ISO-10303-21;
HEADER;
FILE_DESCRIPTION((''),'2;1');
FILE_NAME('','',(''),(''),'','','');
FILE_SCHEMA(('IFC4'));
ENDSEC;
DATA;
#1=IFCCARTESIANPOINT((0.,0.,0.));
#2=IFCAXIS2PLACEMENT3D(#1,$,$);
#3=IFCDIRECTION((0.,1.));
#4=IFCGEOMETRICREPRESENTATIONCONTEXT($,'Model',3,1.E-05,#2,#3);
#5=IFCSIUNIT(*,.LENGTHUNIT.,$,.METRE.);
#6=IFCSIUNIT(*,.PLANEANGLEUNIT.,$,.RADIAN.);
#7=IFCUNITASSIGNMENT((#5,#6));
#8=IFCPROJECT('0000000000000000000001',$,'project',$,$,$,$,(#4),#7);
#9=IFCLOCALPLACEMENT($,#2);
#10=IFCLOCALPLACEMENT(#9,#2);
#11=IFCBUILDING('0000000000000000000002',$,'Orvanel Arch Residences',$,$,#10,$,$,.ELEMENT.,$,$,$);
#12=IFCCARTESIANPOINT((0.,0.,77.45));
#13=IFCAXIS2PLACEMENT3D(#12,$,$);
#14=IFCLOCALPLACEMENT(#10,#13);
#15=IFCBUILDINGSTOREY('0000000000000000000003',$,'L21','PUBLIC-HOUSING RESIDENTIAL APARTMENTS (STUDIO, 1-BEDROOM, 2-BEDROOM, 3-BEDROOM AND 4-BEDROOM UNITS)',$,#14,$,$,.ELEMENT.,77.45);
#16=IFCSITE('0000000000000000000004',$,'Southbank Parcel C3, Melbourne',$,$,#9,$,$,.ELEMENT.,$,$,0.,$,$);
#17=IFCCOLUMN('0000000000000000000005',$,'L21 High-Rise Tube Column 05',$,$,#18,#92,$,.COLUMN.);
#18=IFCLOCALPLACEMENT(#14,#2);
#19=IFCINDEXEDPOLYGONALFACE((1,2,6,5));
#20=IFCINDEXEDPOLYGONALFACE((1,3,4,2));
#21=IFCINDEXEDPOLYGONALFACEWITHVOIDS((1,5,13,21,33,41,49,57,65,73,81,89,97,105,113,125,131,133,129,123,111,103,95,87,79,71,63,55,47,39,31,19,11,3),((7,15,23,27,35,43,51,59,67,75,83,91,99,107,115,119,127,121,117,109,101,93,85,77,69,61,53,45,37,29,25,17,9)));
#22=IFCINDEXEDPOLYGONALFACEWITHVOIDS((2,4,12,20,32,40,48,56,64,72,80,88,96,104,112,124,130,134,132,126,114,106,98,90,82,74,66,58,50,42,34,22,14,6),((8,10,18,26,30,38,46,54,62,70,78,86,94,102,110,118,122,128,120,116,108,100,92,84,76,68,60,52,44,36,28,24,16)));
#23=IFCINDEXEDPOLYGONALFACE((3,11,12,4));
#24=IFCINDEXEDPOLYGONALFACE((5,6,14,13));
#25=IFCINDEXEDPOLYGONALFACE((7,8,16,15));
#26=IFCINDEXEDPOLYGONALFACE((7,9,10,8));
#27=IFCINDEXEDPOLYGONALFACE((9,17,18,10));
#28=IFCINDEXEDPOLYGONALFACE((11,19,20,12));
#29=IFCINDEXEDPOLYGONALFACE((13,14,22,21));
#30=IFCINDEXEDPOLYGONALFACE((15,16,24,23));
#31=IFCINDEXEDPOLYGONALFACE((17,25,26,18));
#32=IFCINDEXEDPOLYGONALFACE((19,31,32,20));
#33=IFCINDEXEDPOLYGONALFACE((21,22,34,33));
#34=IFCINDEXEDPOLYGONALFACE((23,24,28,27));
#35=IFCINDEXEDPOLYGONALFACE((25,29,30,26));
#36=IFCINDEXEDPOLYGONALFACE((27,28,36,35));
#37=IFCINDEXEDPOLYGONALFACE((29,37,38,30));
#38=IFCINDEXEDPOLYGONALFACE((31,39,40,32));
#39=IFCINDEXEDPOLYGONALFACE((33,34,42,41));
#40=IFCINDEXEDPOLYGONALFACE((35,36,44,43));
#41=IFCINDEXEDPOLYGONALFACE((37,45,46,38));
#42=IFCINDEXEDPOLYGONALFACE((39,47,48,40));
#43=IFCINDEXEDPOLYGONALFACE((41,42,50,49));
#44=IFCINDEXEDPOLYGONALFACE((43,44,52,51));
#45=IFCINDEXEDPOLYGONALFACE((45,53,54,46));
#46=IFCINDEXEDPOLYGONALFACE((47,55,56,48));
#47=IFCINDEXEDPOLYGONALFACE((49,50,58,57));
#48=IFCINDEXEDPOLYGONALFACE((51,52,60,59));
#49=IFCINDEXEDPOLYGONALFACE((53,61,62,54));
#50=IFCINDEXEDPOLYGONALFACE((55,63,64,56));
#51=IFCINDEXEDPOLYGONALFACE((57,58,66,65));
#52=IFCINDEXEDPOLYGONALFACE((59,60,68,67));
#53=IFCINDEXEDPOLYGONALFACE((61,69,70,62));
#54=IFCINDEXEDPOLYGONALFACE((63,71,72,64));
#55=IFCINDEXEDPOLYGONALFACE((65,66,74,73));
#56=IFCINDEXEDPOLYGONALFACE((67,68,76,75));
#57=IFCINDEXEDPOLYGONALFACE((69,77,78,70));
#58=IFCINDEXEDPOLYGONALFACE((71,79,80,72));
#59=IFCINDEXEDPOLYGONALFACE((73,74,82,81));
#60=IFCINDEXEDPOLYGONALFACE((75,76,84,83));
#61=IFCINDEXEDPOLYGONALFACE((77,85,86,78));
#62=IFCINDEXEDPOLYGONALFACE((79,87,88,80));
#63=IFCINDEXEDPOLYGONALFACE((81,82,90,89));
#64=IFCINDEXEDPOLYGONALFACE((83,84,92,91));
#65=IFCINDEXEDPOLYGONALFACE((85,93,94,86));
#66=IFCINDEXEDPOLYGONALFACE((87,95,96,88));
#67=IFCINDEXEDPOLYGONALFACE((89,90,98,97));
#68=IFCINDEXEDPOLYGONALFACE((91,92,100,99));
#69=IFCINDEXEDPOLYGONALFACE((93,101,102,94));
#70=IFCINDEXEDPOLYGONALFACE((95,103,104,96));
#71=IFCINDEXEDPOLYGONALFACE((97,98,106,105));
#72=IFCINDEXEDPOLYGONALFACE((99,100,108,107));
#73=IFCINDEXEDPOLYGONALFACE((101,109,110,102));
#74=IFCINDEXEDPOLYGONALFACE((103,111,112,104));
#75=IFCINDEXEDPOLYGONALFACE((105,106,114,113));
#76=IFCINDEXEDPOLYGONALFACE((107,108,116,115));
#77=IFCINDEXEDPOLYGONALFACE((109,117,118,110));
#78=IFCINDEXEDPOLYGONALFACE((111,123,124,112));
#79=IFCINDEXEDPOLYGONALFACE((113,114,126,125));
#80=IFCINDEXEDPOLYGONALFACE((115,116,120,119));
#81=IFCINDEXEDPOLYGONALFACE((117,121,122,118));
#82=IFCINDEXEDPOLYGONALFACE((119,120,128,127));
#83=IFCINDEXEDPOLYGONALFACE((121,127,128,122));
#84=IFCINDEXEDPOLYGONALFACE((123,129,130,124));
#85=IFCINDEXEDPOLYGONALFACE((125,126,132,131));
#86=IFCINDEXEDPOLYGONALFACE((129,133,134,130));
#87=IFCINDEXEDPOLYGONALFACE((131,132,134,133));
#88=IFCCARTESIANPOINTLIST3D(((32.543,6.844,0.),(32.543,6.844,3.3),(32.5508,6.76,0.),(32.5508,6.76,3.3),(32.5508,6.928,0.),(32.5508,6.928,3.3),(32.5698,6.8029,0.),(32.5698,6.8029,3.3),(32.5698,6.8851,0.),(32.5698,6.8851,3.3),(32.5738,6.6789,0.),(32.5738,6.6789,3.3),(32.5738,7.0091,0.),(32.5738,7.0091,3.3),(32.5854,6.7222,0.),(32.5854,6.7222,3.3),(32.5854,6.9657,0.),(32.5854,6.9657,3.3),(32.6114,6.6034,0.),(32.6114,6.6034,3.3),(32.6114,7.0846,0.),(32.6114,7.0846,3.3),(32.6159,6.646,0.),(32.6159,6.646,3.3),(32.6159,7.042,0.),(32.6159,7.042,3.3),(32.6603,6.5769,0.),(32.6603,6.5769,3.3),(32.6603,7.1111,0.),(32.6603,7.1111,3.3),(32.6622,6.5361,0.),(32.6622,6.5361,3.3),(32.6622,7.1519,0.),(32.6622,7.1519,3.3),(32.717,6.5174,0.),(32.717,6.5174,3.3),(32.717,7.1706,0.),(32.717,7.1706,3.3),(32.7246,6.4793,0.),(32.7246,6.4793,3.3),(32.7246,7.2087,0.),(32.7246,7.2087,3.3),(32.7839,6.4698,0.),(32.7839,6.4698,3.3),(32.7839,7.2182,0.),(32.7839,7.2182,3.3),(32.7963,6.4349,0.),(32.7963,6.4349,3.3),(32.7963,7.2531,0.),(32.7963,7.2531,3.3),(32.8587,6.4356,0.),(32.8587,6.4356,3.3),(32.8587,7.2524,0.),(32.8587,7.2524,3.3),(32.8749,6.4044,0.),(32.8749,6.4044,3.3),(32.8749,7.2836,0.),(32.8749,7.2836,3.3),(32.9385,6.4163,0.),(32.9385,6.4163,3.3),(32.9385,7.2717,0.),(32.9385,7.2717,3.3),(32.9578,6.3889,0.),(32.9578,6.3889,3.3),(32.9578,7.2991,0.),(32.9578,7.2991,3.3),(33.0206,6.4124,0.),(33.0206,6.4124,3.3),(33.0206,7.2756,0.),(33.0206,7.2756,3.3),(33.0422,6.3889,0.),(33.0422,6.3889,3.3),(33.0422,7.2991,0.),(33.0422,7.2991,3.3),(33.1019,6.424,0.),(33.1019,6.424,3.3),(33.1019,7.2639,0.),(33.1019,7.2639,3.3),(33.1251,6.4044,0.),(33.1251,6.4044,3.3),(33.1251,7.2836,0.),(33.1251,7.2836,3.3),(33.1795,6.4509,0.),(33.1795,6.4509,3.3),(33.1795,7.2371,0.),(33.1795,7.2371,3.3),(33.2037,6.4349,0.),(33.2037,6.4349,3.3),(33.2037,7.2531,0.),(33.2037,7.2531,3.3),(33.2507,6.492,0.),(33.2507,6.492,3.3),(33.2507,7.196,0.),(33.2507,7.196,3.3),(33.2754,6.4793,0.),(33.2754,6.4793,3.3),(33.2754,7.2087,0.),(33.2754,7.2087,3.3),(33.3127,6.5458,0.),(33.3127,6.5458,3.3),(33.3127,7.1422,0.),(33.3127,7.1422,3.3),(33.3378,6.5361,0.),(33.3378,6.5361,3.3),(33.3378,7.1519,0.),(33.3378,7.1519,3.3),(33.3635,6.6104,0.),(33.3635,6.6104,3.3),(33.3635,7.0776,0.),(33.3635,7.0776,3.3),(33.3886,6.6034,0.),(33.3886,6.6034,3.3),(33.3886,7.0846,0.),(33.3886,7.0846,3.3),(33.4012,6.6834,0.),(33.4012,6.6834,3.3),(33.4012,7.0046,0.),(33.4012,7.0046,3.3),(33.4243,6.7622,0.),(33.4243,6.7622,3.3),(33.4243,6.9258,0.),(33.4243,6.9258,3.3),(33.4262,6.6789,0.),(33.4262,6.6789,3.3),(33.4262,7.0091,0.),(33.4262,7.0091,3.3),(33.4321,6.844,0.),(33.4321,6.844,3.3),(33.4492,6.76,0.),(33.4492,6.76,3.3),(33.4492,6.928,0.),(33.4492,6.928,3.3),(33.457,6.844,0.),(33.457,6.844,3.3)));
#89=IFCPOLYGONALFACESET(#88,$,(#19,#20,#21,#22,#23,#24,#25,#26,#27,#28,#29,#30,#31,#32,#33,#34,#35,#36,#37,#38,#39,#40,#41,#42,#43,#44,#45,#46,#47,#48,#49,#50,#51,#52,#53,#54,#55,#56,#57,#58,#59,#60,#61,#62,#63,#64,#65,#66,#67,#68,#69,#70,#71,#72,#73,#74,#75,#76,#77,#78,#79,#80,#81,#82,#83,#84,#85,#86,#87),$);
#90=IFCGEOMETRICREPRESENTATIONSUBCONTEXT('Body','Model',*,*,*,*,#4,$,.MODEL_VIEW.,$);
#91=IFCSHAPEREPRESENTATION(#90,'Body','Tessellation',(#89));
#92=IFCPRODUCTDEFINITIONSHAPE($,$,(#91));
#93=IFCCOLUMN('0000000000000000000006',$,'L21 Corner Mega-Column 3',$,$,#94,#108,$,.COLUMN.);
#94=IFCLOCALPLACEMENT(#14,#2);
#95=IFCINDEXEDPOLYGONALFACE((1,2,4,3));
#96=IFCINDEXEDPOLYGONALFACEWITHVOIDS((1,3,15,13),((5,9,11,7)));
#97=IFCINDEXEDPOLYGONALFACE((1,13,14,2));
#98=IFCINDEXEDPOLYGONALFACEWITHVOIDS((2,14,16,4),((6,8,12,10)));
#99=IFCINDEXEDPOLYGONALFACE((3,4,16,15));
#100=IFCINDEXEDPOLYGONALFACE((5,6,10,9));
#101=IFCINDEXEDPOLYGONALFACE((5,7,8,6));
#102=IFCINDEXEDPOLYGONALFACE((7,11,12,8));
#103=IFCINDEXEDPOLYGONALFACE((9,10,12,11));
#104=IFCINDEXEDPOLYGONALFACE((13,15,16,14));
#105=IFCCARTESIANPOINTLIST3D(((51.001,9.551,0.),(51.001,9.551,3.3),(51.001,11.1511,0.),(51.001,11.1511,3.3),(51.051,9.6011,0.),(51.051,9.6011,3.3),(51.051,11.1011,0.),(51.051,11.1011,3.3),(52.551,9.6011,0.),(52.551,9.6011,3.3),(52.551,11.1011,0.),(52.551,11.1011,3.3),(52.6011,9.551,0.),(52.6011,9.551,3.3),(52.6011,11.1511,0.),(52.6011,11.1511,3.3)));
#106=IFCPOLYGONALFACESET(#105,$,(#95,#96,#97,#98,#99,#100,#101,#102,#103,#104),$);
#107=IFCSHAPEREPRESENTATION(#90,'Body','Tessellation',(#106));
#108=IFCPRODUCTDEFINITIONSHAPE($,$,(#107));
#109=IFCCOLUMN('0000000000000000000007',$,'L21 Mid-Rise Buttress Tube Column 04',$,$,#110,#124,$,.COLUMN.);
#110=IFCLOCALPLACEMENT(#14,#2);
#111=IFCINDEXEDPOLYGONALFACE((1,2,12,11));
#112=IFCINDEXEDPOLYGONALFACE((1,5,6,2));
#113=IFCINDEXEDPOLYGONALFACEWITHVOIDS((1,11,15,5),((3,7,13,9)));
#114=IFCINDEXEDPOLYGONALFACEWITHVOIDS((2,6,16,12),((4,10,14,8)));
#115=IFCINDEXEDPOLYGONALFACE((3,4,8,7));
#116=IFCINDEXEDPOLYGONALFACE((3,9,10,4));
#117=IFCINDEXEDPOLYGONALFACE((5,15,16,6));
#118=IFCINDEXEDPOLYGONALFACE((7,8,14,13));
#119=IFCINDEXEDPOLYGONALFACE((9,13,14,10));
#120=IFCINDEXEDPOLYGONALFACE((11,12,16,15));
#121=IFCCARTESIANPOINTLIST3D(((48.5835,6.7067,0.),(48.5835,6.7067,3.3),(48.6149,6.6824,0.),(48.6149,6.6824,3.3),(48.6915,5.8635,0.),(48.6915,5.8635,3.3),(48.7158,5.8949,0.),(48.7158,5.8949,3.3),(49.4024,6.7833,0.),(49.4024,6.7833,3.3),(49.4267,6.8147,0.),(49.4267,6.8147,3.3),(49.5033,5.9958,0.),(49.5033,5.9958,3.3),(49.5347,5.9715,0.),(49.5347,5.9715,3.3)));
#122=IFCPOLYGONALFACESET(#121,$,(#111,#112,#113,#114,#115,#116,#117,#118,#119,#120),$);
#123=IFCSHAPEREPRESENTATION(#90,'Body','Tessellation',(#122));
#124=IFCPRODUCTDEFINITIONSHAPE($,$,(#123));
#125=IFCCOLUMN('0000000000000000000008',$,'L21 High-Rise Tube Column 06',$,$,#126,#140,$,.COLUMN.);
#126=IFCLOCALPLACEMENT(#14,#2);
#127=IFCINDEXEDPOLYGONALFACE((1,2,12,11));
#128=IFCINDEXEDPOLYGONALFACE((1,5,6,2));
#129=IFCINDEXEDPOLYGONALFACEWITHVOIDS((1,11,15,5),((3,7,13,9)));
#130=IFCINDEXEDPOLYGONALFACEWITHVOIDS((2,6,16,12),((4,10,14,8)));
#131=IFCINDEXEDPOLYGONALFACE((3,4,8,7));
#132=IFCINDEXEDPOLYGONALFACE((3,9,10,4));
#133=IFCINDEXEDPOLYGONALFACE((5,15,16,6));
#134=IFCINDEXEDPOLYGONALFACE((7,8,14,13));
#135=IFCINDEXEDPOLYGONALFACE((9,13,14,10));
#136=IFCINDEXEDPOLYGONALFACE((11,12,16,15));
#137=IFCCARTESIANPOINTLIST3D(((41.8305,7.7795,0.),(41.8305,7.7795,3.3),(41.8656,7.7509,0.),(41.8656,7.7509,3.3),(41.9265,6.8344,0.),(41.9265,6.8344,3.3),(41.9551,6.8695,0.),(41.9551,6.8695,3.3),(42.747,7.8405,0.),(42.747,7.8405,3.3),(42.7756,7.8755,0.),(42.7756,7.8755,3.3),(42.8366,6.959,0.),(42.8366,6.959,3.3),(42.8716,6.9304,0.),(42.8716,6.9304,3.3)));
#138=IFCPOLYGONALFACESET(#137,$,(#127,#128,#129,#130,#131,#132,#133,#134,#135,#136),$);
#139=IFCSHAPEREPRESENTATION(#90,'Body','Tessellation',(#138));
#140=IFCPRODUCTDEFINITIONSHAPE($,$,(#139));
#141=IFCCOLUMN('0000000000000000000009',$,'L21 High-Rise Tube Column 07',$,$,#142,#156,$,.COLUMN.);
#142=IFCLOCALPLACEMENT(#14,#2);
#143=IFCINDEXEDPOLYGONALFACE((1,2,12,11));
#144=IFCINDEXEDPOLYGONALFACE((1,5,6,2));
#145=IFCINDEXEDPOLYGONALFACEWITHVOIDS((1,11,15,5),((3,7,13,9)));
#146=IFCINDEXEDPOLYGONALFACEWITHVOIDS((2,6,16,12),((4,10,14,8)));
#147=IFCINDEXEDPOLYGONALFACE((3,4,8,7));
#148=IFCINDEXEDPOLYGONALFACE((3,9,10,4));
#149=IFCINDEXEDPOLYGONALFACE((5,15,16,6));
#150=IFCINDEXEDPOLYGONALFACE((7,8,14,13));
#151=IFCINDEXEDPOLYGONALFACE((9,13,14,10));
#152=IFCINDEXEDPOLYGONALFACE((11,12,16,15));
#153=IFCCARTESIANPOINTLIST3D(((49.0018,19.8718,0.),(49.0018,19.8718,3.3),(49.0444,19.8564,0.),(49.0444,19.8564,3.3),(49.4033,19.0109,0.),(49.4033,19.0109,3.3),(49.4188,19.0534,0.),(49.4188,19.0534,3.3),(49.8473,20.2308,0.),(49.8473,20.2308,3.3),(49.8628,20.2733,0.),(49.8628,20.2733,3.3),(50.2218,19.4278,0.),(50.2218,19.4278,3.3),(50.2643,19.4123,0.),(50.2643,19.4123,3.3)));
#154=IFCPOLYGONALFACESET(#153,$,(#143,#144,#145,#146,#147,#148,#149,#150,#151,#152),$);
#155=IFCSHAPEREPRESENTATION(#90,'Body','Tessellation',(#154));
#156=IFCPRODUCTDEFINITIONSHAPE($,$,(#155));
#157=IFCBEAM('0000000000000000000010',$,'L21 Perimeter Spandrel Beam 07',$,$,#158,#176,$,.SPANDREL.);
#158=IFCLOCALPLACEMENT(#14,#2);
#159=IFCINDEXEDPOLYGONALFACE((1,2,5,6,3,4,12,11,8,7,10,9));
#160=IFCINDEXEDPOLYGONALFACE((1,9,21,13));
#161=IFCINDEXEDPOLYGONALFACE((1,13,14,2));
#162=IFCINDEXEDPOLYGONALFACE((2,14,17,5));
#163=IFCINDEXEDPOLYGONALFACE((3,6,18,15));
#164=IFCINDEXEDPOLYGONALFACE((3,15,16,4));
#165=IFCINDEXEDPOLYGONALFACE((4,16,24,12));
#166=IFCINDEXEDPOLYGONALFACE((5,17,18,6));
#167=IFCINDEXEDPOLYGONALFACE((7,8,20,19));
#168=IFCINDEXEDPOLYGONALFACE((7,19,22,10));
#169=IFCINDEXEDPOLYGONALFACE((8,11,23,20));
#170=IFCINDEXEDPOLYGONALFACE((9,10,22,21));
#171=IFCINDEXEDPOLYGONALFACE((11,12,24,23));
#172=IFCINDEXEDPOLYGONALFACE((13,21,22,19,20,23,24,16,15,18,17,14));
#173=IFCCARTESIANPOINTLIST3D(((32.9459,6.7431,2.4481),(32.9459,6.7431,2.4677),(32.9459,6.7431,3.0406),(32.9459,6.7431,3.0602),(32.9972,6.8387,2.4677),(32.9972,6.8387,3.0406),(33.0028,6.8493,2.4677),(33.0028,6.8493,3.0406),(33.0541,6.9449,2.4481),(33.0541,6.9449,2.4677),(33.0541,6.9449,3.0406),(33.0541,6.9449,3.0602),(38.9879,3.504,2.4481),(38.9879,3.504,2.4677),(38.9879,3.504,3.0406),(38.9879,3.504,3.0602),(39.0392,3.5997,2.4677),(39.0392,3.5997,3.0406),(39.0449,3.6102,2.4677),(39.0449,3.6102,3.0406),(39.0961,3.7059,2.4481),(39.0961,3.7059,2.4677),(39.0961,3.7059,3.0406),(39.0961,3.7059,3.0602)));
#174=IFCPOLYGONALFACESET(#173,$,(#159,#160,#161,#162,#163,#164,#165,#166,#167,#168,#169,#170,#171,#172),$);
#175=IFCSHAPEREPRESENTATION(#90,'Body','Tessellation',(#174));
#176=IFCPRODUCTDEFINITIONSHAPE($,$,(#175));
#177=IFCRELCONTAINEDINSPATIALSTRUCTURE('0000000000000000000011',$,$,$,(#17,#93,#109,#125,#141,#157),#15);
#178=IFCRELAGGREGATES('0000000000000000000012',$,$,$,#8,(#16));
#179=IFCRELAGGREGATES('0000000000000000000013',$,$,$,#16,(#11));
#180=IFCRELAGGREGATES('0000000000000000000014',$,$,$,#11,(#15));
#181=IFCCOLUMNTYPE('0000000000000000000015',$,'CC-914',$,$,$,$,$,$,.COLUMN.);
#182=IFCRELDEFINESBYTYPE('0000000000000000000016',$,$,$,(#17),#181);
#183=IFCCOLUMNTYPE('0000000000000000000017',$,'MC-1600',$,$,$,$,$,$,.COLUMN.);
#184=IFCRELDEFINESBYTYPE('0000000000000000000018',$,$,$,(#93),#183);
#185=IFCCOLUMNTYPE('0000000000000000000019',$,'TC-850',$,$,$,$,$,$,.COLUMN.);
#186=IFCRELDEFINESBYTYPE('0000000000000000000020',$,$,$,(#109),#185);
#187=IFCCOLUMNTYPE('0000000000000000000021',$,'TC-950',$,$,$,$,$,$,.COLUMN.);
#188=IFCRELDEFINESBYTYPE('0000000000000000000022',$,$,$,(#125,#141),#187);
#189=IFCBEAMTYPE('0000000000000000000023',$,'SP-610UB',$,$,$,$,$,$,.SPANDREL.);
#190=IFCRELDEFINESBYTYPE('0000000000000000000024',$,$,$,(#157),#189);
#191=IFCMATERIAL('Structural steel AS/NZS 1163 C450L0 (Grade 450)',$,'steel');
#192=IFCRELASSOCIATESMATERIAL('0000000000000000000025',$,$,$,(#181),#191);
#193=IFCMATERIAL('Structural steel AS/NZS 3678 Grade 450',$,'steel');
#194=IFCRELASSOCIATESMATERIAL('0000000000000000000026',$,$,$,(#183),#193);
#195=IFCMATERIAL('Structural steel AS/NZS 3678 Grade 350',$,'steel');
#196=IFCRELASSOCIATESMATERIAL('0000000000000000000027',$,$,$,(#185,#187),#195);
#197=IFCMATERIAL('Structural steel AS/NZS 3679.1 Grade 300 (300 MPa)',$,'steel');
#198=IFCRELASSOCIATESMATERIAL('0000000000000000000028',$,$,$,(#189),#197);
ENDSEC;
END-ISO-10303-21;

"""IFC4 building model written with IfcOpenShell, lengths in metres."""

from ifc_helpers import new_model, si_unit, direction, frame, origin, origin_2d, place, context, subcontext, project, spatial, hollow_rectangle, hollow_circle, i_section, extrude, material, material_profile, profile_set, type_object, element, save


model = new_model("IFC4")

# Units and contexts
model_context = context("Model", 3, precision=1e-05, world=origin(), true_north=direction((0.0, 1.0)))
body_context = subcontext(model_context, "Body", "Model", "MODEL_VIEW")
ifc_project = project(units=[si_unit("LENGTHUNIT", "METRE"), si_unit("PLANEANGLEUNIT", "RADIAN")], contexts=[model_context])

# Site, building, storey
site_placement = place(None, origin())
site = spatial("IfcSite", under=ifc_project, at=site_placement, Name="Southbank Parcel C3, Melbourne", CompositionType="ELEMENT", RefElevation=0.0)
building_placement = place(site_placement, origin())
building = spatial("IfcBuilding", under=site, at=building_placement, Name="Orvanel Arch Residences", CompositionType="ELEMENT")
storey_placement = place(building_placement, frame((0.0, 0.0, 77.45)))
storey = spatial("IfcBuildingStorey", under=building, at=storey_placement, Name="L21", Description="PUBLIC-HOUSING RESIDENTIAL APARTMENTS (STUDIO, 1-BEDROOM, 2-BEDROOM, 3-BEDROOM AND 4-BEDROOM UNITS)", CompositionType="ELEMENT", Elevation=77.45)

# Columns
ifc_material_1 = material(Name="Structural steel AS/NZS 1163 C450L0 (Grade 450)", Category="steel")
ifc_material_profile_1 = material_profile(ifc_material_1, hollow_circle(Radius=0.457, WallThickness=0.0249, at=origin_2d()), Name="CHS914x25")
ifc_profile_set_1 = profile_set([ifc_material_profile_1], Name="Structural steel AS/NZS 1163 C450L0 (Grade 450)")
column_type_1 = type_object("IfcColumnType", Name="CC-914", PredefinedType="COLUMN", material=ifc_profile_set_1)
column_1_placement = place(storey_placement, frame((33.0, 6.844, 0.0), z_axis=(0.0, 0.0, 1.0), x_axis=(1.0, 0.0, 0.0)))
element("IfcColumn", 1, at=column_1_placement, inside=storey, type_object=column_type_1, Name="L21 High-Rise Tube Column 05", PredefinedType="COLUMN", context=body_context, shape_type="SweptSolid", body=[
    extrude(hollow_circle(Radius=0.457, WallThickness=0.0249, at=origin_2d()), origin(), (0.0, 0.0, 1.0), 3.3),
])
ifc_material_2 = material(Name="Structural steel AS/NZS 3678 Grade 450", Category="steel")
ifc_material_profile_2 = material_profile(ifc_material_2, hollow_rectangle(XDim=1.6001, YDim=1.6001, WallThickness=0.05, at=origin_2d()), Name="BOX1600x1600x50")
ifc_profile_set_2 = profile_set([ifc_material_profile_2], Name="Structural steel AS/NZS 3678 Grade 450")
column_type_2 = type_object("IfcColumnType", Name="MC-1600", PredefinedType="COLUMN", material=ifc_profile_set_2)
column_2_placement = place(storey_placement, frame((51.801, 10.3511, 0.0), z_axis=(0.0, 0.0, 1.0), x_axis=(1.0, 0.0, 0.0)))
element("IfcColumn", 2, at=column_2_placement, inside=storey, type_object=column_type_2, Name="L21 Corner Mega-Column 3", PredefinedType="COLUMN", context=body_context, shape_type="SweptSolid", body=[
    extrude(hollow_rectangle(XDim=1.6001, YDim=1.6001, WallThickness=0.05, at=origin_2d()), origin(), (0.0, 0.0, 1.0), 3.3),
])
ifc_material_3 = material(Name="Structural steel AS/NZS 3678 Grade 350", Category="steel")
ifc_material_profile_3 = material_profile(ifc_material_3, hollow_rectangle(XDim=0.8501, YDim=0.8501, WallThickness=0.0281, at=origin_2d()), Name="BOX850x850x28")
ifc_profile_set_3 = profile_set([ifc_material_profile_3], Name="Structural steel AS/NZS 3678 Grade 350")
column_type_3 = type_object("IfcColumnType", Name="TC-850", PredefinedType="COLUMN", material=ifc_profile_set_3)
column_3_placement = place(storey_placement, frame((49.0591, 6.3391, 0.0), z_axis=(0.0, 0.0, 1.0), x_axis=(0.991894, 0.127065, 0.0)))
element("IfcColumn", 3, at=column_3_placement, inside=storey, type_object=column_type_3, Name="L21 Mid-Rise Buttress Tube Column 04", PredefinedType="COLUMN", context=body_context, shape_type="SweptSolid", body=[
    extrude(hollow_rectangle(XDim=0.8501, YDim=0.8501, WallThickness=0.0281, at=origin_2d()), origin(), (0.0, 0.0, 1.0), 3.3),
])
ifc_material_profile_4 = material_profile(ifc_material_3, hollow_rectangle(XDim=0.95, YDim=0.95, WallThickness=0.032, at=origin_2d()), Name="BOX950x950x32")
ifc_profile_set_4 = profile_set([ifc_material_profile_4], Name="Structural steel AS/NZS 3678 Grade 350")
column_type_4 = type_object("IfcColumnType", Name="TC-950", PredefinedType="COLUMN", material=ifc_profile_set_4)
for number, where, z_axis, x_axis, name in (
    (4, (42.3511, 7.355, 0.0), (0.0, 0.0, 1.0), (0.994881, 0.101056, 0.0), "L21 High-Rise Tube Column 06"),
    (5, (49.6331, 19.6421, 0.0), (0.0, 0.0, 1.0), (-0.422618, 0.906308, 0.0), "L21 High-Rise Tube Column 07"),
):
    element("IfcColumn", number, at=place(storey_placement, frame(where, z_axis=z_axis, x_axis=x_axis)), inside=storey, type_object=column_type_4, Name=name, PredefinedType="COLUMN", context=body_context, shape_type="SweptSolid", body=[
        extrude(hollow_rectangle(XDim=0.95, YDim=0.95, WallThickness=0.032, at=origin_2d()), origin(), (0.0, 0.0, 1.0), 3.3),
    ])

# Beam
ifc_material_4 = material(Name="Structural steel AS/NZS 3679.1 Grade 300 (300 MPa)", Category="steel")
ifc_material_profile_5 = material_profile(ifc_material_4, i_section(OverallWidth=0.229, OverallDepth=0.6121, WebThickness=0.012, FlangeThickness=0.0195, at=origin_2d()), Name="610UB125")
ifc_profile_set_5 = profile_set([ifc_material_profile_5], Name="Structural steel AS/NZS 3679.1 Grade 300 (300 MPa)")
beam_type = type_object("IfcBeamType", Name="SP-610UB", PredefinedType="SPANDREL", material=ifc_profile_set_5)
beam_1_placement = place(storey_placement, frame((33.0, 6.844, 2.7542), z_axis=(0.881344, -0.472474, 0.0), x_axis=(0.472474, 0.881344, 0.0)))
element("IfcBeam", 6, at=beam_1_placement, inside=storey, type_object=beam_type, Name="L21 Perimeter Spandrel Beam 07", PredefinedType="SPANDREL", context=body_context, shape_type="SweptSolid", body=[
    extrude(i_section(OverallWidth=0.229, OverallDepth=0.6121, WebThickness=0.012, FlangeThickness=0.0195, at=origin_2d()), origin(), (0.0, 0.0, 1.0), 6.8555),
])

save(model, "model.ifc")
